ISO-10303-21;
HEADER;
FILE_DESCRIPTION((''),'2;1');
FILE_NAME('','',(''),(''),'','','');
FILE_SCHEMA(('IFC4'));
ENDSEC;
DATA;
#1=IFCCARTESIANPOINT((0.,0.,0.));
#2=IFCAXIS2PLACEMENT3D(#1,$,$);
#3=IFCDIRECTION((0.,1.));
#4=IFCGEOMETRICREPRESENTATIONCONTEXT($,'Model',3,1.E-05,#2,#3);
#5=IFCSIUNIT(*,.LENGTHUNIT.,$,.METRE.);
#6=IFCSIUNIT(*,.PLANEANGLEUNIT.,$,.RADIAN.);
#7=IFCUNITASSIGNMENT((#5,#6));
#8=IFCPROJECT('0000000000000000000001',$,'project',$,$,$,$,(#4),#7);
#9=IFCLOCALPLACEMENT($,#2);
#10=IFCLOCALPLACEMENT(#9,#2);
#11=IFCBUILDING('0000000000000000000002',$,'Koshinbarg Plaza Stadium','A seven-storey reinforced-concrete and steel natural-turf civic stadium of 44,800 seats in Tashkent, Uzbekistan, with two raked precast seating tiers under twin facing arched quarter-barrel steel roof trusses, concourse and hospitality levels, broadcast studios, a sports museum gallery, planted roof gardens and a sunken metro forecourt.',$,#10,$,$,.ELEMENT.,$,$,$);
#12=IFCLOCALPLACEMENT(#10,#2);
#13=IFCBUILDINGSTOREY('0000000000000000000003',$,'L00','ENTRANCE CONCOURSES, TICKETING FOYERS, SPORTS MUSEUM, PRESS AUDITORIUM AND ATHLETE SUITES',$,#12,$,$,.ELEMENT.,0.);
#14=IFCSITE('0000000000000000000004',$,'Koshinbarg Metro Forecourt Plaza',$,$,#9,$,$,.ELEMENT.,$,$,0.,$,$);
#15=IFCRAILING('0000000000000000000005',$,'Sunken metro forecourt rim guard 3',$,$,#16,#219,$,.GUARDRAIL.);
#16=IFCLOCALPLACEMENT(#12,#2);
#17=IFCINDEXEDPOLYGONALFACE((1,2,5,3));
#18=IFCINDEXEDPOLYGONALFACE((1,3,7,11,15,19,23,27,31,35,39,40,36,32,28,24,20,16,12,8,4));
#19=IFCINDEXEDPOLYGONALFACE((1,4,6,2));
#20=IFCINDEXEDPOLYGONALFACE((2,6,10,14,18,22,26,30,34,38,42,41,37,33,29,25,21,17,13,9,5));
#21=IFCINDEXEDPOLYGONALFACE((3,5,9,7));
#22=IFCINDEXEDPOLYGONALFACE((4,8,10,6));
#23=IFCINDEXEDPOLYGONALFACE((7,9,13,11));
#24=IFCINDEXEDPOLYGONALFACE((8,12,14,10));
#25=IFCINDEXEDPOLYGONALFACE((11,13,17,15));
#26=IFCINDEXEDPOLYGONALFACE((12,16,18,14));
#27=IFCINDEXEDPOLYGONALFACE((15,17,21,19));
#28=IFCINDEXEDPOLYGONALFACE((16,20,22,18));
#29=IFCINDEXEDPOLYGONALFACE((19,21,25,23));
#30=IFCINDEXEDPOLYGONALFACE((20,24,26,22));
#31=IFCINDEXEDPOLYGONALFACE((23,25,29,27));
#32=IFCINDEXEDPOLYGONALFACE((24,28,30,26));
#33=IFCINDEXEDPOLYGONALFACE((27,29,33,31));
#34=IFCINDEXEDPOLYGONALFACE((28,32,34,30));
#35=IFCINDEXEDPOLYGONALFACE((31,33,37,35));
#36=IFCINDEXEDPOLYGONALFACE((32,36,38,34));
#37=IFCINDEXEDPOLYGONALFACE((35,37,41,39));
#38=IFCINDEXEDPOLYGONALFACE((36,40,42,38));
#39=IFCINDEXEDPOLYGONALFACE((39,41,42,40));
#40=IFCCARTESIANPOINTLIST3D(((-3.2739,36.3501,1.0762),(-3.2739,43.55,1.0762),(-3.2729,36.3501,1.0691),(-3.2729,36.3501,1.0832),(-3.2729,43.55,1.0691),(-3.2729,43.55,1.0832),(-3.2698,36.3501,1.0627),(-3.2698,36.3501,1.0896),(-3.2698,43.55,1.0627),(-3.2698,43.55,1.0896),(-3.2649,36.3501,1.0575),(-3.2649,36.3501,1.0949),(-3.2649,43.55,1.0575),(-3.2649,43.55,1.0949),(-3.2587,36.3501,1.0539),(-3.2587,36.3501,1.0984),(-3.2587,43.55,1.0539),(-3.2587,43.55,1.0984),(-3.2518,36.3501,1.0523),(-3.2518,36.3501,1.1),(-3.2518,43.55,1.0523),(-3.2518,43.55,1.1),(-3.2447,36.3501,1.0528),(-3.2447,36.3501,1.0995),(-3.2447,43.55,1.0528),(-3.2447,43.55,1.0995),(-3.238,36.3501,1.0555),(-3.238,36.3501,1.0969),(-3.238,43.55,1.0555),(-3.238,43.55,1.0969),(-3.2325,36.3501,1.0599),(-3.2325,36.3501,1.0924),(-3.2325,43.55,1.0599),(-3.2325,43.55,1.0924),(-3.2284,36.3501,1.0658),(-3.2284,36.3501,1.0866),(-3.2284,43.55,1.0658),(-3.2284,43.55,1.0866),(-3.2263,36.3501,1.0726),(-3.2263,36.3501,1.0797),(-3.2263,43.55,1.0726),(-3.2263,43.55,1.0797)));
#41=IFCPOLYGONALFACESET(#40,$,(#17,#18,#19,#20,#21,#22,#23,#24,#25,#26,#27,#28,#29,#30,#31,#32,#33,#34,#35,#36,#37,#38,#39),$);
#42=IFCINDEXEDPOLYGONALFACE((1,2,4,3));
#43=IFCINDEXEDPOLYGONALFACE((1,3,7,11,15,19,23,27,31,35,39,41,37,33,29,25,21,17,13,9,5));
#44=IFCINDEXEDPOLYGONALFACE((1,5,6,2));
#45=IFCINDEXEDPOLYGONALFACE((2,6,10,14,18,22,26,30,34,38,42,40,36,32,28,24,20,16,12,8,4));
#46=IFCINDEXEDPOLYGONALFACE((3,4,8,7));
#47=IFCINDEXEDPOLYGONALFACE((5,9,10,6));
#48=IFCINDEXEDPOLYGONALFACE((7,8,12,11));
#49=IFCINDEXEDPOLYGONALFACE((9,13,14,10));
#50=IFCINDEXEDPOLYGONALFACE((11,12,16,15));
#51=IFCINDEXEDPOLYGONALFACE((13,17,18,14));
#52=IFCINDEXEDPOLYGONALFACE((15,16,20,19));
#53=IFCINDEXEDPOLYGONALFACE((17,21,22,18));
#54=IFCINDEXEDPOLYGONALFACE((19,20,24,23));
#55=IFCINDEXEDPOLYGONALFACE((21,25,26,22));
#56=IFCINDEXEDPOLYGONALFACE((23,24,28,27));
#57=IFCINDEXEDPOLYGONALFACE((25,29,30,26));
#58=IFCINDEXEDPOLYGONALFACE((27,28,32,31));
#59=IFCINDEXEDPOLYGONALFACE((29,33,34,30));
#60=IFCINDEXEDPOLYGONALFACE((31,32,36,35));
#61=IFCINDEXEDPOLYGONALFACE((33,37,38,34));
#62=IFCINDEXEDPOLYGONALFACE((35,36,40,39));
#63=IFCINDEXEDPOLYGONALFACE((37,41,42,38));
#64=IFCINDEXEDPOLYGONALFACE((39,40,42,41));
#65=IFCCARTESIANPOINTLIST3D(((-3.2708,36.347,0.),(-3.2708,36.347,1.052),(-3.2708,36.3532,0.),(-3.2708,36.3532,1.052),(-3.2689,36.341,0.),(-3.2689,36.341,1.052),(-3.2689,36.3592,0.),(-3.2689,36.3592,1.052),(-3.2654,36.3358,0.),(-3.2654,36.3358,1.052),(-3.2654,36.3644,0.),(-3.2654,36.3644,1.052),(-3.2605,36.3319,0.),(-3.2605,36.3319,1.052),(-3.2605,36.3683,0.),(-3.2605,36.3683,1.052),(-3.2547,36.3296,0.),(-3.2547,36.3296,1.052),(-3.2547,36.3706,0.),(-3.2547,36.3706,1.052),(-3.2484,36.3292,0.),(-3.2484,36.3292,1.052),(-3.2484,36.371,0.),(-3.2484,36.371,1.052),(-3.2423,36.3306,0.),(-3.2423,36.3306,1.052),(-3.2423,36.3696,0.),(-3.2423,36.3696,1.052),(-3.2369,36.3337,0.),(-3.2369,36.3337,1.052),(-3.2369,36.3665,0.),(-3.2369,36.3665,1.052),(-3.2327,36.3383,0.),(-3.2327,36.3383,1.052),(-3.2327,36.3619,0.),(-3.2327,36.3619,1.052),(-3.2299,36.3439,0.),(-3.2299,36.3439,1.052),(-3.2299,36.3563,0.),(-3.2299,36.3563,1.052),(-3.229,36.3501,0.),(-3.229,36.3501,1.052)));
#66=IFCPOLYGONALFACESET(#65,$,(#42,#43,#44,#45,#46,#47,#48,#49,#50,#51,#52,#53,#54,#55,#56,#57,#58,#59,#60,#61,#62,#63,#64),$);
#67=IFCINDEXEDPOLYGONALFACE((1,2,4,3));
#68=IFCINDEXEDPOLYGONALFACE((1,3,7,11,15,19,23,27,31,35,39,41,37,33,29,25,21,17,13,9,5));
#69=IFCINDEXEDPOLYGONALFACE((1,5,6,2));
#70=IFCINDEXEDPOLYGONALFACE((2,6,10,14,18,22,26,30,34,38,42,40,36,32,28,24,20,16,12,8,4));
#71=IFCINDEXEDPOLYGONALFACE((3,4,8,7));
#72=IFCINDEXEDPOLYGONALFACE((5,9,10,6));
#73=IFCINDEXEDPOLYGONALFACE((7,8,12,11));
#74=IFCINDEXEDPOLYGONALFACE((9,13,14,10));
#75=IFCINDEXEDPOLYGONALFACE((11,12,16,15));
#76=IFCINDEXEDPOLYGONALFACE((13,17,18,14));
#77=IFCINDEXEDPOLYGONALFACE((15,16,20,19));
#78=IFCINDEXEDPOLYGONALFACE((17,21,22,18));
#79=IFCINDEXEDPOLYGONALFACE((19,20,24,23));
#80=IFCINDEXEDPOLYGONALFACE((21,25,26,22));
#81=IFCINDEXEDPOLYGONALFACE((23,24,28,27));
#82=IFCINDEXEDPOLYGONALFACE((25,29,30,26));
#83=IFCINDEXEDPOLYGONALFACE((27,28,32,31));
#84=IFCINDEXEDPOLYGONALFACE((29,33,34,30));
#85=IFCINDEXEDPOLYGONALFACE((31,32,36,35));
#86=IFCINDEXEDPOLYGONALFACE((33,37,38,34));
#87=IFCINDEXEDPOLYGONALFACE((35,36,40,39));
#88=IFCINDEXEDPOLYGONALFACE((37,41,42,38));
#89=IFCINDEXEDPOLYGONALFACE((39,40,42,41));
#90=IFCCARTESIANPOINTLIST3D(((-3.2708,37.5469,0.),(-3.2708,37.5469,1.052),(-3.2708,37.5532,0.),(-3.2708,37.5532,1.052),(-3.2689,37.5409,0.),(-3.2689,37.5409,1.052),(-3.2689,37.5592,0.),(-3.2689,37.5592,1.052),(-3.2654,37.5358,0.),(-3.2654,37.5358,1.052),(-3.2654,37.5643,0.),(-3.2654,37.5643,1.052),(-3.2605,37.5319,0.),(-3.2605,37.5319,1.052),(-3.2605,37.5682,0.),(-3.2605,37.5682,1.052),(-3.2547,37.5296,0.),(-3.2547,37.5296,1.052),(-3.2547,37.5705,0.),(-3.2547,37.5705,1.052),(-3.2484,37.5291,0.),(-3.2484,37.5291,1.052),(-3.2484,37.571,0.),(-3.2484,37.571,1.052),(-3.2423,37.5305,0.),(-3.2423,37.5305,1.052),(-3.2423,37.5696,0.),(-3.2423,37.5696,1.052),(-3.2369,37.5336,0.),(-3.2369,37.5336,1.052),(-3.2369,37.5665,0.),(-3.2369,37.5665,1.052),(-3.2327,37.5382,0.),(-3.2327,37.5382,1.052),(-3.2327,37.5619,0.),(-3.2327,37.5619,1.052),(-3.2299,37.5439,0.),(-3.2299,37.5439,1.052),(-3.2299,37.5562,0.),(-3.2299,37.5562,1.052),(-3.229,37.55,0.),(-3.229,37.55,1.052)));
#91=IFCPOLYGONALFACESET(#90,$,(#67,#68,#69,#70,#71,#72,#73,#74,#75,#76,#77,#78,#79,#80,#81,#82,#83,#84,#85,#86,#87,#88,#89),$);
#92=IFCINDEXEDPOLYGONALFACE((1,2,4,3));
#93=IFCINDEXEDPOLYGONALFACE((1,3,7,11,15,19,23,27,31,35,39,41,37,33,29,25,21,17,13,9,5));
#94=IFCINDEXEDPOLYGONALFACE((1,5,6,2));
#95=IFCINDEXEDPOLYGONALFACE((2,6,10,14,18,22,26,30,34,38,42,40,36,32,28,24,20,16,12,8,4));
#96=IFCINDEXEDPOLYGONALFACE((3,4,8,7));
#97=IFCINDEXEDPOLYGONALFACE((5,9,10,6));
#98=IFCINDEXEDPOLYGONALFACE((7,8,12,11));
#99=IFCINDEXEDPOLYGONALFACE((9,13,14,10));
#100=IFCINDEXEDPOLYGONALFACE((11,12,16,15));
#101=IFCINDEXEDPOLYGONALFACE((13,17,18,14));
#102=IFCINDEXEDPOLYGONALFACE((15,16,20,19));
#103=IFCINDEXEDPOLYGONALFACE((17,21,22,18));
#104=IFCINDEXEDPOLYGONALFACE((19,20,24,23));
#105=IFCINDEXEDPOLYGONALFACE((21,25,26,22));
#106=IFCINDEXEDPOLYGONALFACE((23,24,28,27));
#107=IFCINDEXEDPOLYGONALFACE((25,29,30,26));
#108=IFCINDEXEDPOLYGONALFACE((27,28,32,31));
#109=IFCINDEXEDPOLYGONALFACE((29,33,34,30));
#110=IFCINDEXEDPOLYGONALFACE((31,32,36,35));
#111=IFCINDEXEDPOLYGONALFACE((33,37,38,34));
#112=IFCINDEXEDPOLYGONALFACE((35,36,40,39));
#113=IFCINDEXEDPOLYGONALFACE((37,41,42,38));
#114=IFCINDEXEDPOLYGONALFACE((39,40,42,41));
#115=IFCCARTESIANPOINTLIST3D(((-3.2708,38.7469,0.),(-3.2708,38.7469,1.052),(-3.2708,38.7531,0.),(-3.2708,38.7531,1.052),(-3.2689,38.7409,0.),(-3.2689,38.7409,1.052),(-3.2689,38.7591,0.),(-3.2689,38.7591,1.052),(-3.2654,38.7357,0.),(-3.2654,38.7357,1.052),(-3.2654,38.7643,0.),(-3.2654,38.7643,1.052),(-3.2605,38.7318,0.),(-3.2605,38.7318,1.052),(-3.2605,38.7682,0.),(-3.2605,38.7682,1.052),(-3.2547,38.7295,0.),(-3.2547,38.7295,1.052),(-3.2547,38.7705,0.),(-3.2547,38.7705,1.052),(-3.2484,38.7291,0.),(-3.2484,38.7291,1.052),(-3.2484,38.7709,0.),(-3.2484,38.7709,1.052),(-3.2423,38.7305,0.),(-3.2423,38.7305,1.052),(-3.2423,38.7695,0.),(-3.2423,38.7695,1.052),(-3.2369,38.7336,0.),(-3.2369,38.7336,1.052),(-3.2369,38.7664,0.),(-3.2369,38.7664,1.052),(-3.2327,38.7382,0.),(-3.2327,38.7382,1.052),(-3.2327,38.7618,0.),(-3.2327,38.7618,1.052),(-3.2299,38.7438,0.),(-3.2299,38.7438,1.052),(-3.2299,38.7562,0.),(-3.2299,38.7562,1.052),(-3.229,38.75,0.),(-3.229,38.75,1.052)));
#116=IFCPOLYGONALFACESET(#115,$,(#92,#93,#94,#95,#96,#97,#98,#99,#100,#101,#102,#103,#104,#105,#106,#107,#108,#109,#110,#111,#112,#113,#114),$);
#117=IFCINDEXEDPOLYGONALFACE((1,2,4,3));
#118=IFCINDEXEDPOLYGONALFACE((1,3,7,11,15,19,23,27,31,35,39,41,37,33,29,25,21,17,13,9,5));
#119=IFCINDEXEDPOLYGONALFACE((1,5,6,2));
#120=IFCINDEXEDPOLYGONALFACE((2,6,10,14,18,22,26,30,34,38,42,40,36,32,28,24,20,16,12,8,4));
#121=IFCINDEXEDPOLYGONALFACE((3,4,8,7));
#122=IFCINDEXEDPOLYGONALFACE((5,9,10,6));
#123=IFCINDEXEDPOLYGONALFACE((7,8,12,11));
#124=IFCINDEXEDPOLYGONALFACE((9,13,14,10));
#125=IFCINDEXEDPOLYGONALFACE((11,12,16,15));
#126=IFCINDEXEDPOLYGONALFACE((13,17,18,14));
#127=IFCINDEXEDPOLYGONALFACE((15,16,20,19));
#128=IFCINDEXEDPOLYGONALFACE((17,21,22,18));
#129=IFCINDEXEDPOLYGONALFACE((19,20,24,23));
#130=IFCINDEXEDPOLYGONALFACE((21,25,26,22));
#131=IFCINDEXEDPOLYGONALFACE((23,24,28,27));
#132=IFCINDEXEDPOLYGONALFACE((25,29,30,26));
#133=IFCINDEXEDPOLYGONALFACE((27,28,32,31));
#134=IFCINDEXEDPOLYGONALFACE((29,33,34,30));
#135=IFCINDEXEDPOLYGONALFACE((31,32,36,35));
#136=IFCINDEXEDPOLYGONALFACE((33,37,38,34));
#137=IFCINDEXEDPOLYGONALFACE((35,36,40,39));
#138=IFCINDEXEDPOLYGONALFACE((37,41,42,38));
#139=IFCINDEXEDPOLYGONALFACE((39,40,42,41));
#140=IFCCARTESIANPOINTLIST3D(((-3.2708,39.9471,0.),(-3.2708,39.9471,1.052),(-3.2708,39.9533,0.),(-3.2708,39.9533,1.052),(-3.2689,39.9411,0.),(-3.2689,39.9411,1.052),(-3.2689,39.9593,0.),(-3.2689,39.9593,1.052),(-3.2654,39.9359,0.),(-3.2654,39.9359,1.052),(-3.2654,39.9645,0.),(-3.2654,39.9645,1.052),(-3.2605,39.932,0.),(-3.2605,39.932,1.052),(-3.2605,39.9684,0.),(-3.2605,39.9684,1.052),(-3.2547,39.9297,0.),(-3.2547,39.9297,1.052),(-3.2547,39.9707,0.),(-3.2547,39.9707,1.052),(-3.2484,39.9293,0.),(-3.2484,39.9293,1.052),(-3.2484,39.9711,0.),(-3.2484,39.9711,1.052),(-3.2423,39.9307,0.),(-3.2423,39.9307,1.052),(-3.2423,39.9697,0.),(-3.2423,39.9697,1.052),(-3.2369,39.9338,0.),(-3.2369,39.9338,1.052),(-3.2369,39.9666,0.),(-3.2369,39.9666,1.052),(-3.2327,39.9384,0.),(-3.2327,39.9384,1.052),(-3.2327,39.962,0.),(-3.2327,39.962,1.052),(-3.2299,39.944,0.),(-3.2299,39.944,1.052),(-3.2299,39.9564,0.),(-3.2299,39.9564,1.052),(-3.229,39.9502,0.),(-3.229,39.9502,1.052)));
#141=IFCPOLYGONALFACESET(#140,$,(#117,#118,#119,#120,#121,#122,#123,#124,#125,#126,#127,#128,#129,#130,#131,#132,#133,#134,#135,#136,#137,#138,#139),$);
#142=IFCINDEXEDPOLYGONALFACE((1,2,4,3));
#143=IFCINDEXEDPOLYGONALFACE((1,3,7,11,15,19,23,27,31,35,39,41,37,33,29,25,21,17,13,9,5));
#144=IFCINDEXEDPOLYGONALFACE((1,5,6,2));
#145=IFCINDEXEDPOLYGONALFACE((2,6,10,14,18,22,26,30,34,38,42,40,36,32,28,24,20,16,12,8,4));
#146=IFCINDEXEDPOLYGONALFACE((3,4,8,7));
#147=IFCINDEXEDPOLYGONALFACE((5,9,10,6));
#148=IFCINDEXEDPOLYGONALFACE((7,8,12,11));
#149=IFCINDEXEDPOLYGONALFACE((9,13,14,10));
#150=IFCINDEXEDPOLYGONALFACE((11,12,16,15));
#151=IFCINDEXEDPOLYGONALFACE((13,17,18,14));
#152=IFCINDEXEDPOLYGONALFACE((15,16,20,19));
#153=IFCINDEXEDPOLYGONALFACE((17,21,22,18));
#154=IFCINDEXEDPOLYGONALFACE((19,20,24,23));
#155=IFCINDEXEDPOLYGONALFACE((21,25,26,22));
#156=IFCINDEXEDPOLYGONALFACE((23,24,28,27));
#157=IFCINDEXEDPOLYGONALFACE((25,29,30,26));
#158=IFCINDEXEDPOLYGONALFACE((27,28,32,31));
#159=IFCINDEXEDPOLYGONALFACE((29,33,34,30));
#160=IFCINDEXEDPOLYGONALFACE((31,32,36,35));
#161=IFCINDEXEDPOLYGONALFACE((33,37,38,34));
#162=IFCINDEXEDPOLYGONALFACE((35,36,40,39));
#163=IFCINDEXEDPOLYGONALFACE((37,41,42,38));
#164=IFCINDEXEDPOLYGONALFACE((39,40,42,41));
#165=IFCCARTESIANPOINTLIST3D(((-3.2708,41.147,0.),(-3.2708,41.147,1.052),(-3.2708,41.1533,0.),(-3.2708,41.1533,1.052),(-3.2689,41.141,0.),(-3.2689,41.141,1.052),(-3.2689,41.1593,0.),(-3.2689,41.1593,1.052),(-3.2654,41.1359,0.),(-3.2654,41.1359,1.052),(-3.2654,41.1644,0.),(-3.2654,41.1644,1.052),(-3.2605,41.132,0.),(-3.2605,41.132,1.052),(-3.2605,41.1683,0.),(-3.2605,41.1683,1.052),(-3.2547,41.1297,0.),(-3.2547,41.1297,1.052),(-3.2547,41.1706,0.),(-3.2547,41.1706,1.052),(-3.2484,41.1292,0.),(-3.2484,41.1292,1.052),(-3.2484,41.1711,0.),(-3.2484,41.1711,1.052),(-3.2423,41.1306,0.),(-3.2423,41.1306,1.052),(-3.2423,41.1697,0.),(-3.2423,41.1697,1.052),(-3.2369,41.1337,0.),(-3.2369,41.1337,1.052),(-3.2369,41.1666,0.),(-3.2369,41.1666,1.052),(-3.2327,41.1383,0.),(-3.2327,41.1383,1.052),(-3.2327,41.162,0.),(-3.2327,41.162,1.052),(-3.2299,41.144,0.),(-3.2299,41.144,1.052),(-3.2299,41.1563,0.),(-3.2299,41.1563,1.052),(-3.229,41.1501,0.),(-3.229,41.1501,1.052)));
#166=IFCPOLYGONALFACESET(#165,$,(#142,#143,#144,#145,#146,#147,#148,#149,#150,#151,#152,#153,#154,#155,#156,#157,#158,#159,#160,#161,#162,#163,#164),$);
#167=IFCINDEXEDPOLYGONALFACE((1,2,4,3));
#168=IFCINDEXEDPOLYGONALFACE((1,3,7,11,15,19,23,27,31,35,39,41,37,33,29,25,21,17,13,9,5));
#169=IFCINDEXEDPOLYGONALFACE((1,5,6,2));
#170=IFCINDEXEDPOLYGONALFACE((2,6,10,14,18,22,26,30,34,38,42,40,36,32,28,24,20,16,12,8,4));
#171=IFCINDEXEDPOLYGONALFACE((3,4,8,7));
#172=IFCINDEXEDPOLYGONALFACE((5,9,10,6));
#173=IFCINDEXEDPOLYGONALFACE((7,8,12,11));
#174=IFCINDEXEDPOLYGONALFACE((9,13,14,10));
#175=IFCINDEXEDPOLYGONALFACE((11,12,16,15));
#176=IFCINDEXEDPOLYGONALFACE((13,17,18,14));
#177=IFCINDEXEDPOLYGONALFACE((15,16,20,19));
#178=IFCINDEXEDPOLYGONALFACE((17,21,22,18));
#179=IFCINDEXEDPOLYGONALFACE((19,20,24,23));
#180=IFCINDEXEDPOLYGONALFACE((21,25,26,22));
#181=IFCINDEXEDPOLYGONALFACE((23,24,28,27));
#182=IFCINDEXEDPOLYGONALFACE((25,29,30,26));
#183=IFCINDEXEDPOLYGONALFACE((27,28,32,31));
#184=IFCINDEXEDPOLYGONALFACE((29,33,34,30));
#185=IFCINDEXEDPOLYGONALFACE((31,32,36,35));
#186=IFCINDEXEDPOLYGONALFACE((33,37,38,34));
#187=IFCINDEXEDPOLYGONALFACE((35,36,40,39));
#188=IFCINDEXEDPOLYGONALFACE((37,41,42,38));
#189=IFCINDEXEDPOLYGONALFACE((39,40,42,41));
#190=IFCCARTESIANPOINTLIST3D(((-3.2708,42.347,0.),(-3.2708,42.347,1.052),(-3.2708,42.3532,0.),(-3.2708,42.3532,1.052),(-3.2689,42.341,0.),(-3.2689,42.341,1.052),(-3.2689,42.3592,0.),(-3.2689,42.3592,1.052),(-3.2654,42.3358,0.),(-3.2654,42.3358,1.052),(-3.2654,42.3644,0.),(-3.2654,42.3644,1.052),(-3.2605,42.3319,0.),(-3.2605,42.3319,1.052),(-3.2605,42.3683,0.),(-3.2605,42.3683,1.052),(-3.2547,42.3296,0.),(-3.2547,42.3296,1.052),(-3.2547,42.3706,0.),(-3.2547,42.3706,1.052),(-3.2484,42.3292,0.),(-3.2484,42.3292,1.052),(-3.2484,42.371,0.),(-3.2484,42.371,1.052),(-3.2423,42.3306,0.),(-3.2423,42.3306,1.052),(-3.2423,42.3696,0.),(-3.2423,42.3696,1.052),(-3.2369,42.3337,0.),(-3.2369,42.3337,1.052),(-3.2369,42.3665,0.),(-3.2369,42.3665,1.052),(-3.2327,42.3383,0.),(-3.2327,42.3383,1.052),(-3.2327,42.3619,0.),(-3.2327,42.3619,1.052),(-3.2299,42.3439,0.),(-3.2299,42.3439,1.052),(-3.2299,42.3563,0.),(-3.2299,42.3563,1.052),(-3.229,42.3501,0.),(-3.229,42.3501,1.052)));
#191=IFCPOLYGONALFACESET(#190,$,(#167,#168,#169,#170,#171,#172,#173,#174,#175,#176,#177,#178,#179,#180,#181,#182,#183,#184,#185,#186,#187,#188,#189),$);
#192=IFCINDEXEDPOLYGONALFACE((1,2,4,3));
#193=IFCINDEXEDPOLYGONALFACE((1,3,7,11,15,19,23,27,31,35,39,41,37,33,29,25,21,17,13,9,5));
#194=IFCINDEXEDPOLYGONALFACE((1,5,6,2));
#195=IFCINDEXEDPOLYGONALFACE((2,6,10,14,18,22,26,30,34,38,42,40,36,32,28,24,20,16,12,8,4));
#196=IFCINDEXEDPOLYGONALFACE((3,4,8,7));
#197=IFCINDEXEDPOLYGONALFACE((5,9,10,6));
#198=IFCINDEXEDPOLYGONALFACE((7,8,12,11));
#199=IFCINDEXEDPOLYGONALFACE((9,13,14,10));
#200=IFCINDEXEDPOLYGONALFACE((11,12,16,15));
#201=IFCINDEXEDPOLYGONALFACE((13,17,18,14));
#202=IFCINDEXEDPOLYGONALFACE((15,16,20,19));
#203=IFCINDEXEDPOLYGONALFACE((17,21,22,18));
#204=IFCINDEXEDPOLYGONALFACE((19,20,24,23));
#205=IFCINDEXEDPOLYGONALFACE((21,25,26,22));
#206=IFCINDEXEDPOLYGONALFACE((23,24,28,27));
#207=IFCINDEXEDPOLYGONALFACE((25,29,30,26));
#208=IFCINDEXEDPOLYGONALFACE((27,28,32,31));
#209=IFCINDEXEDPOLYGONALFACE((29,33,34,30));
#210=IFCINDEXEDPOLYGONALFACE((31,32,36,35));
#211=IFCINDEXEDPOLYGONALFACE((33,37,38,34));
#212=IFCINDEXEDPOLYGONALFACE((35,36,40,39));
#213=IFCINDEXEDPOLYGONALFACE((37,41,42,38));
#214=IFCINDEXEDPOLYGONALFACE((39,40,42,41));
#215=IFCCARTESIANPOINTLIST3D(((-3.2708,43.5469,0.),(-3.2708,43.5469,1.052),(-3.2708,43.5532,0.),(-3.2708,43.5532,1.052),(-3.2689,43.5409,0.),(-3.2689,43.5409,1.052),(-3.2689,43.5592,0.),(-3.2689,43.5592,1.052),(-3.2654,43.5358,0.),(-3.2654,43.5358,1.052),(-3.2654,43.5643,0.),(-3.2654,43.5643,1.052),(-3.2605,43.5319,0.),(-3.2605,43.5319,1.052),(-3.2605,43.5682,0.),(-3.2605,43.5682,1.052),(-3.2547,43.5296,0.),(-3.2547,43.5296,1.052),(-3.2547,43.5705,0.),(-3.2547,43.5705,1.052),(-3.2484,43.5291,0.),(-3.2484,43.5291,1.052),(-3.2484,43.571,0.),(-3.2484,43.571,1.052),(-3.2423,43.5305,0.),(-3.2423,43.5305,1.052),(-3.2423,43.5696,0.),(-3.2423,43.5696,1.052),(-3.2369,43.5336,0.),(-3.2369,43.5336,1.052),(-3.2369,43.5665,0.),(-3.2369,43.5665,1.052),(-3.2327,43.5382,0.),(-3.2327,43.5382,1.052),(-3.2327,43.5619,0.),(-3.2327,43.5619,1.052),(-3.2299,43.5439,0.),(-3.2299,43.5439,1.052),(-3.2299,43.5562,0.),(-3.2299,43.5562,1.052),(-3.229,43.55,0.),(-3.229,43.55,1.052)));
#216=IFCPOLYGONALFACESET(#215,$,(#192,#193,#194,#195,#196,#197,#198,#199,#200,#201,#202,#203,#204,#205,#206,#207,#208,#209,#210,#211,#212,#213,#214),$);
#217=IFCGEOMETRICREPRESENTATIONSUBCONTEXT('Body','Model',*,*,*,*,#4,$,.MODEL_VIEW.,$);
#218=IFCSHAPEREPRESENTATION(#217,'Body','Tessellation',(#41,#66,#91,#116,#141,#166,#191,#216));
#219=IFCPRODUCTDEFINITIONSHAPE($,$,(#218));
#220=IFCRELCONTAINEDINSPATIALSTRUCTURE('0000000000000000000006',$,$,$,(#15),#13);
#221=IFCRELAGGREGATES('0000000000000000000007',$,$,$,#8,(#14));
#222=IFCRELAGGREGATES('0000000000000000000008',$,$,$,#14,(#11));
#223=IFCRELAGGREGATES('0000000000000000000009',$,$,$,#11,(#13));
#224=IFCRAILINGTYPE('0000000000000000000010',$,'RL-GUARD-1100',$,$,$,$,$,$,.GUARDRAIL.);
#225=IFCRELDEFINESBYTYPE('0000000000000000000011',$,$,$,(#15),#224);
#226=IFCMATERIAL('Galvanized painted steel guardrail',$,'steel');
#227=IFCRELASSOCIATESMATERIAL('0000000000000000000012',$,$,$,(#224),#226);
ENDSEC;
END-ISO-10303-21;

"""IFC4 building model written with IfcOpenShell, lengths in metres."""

from ifc_helpers import new_model, si_unit, direction, frame, origin, origin_2d, place, context, subcontext, project, spatial, circle, extrude, material, type_object, element, save


model = new_model("IFC4")

# Units and contexts
model_context = context("Model", 3, precision=1e-05, world=origin(), true_north=direction((0.0, 1.0)))
body_context = subcontext(model_context, "Body", "Model", "MODEL_VIEW")
ifc_project = project(units=[si_unit("LENGTHUNIT", "METRE"), si_unit("PLANEANGLEUNIT", "RADIAN")], contexts=[model_context])

# Site, building, storey
site_placement = place(None, origin())
site = spatial("IfcSite", under=ifc_project, at=site_placement, Name="Koshinbarg Metro Forecourt Plaza", CompositionType="ELEMENT", RefElevation=0.0)
building_placement = place(site_placement, origin())
building = spatial("IfcBuilding", under=site, at=building_placement, Name="Koshinbarg Plaza Stadium", Description="A seven-storey reinforced-concrete and steel natural-turf civic stadium of 44,800 seats in Tashkent, Uzbekistan, with two raked precast seating tiers under twin facing arched quarter-barrel steel roof trusses, concourse and hospitality levels, broadcast studios, a sports museum gallery, planted roof gardens and a sunken metro forecourt.", CompositionType="ELEMENT")
storey_placement = place(building_placement, origin())
storey = spatial("IfcBuildingStorey", under=building, at=storey_placement, Name="L00", Description="ENTRANCE CONCOURSES, TICKETING FOYERS, SPORTS MUSEUM, PRESS AUDITORIUM AND ATHLETE SUITES", CompositionType="ELEMENT", Elevation=0.0)

# Railing
ifc_material_1 = material(Name="Galvanized painted steel guardrail", Category="steel")
railing_type = type_object("IfcRailingType", Name="RL-GUARD-1100", PredefinedType="GUARDRAIL", material=ifc_material_1)
railing_1_placement = place(storey_placement, frame((-3.25, 36.3501, 0.0)))
element("IfcRailing", 1, at=railing_1_placement, inside=storey, type_object=railing_type, Name="Sunken metro forecourt rim guard 3", PredefinedType="GUARDRAIL", context=body_context, shape_type="SweptSolid", body=[
    extrude(circle(Radius=0.0239, at=origin_2d()), frame((0.0, 0.0, 1.0762), z_axis=(0.0, 1.0, 0.0), x_axis=(-1.0, 0.0, 0.0)), (0.0, 0.0, 1.0), 7.2),
    extrude(circle(Radius=0.021, at=origin_2d()), origin(), (0.0, 0.0, 1.0), 1.052),
    extrude(circle(Radius=0.021, at=origin_2d()), frame((0.0, 1.2, 0.0)), (0.0, 0.0, 1.0), 1.052),
    extrude(circle(Radius=0.021, at=origin_2d()), frame((0.0, 2.3999, 0.0)), (0.0, 0.0, 1.0), 1.052),
    extrude(circle(Radius=0.021, at=origin_2d()), frame((0.0, 3.6001, 0.0)), (0.0, 0.0, 1.0), 1.052),
    extrude(circle(Radius=0.021, at=origin_2d()), frame((0.0, 4.8, 0.0)), (0.0, 0.0, 1.0), 1.052),
    extrude(circle(Radius=0.021, at=origin_2d()), frame((0.0, 6.0, 0.0)), (0.0, 0.0, 1.0), 1.052),
    extrude(circle(Radius=0.021, at=origin_2d()), frame((0.0, 7.2, 0.0)), (0.0, 0.0, 1.0), 1.052),
])

save(model, "model.ifc")
